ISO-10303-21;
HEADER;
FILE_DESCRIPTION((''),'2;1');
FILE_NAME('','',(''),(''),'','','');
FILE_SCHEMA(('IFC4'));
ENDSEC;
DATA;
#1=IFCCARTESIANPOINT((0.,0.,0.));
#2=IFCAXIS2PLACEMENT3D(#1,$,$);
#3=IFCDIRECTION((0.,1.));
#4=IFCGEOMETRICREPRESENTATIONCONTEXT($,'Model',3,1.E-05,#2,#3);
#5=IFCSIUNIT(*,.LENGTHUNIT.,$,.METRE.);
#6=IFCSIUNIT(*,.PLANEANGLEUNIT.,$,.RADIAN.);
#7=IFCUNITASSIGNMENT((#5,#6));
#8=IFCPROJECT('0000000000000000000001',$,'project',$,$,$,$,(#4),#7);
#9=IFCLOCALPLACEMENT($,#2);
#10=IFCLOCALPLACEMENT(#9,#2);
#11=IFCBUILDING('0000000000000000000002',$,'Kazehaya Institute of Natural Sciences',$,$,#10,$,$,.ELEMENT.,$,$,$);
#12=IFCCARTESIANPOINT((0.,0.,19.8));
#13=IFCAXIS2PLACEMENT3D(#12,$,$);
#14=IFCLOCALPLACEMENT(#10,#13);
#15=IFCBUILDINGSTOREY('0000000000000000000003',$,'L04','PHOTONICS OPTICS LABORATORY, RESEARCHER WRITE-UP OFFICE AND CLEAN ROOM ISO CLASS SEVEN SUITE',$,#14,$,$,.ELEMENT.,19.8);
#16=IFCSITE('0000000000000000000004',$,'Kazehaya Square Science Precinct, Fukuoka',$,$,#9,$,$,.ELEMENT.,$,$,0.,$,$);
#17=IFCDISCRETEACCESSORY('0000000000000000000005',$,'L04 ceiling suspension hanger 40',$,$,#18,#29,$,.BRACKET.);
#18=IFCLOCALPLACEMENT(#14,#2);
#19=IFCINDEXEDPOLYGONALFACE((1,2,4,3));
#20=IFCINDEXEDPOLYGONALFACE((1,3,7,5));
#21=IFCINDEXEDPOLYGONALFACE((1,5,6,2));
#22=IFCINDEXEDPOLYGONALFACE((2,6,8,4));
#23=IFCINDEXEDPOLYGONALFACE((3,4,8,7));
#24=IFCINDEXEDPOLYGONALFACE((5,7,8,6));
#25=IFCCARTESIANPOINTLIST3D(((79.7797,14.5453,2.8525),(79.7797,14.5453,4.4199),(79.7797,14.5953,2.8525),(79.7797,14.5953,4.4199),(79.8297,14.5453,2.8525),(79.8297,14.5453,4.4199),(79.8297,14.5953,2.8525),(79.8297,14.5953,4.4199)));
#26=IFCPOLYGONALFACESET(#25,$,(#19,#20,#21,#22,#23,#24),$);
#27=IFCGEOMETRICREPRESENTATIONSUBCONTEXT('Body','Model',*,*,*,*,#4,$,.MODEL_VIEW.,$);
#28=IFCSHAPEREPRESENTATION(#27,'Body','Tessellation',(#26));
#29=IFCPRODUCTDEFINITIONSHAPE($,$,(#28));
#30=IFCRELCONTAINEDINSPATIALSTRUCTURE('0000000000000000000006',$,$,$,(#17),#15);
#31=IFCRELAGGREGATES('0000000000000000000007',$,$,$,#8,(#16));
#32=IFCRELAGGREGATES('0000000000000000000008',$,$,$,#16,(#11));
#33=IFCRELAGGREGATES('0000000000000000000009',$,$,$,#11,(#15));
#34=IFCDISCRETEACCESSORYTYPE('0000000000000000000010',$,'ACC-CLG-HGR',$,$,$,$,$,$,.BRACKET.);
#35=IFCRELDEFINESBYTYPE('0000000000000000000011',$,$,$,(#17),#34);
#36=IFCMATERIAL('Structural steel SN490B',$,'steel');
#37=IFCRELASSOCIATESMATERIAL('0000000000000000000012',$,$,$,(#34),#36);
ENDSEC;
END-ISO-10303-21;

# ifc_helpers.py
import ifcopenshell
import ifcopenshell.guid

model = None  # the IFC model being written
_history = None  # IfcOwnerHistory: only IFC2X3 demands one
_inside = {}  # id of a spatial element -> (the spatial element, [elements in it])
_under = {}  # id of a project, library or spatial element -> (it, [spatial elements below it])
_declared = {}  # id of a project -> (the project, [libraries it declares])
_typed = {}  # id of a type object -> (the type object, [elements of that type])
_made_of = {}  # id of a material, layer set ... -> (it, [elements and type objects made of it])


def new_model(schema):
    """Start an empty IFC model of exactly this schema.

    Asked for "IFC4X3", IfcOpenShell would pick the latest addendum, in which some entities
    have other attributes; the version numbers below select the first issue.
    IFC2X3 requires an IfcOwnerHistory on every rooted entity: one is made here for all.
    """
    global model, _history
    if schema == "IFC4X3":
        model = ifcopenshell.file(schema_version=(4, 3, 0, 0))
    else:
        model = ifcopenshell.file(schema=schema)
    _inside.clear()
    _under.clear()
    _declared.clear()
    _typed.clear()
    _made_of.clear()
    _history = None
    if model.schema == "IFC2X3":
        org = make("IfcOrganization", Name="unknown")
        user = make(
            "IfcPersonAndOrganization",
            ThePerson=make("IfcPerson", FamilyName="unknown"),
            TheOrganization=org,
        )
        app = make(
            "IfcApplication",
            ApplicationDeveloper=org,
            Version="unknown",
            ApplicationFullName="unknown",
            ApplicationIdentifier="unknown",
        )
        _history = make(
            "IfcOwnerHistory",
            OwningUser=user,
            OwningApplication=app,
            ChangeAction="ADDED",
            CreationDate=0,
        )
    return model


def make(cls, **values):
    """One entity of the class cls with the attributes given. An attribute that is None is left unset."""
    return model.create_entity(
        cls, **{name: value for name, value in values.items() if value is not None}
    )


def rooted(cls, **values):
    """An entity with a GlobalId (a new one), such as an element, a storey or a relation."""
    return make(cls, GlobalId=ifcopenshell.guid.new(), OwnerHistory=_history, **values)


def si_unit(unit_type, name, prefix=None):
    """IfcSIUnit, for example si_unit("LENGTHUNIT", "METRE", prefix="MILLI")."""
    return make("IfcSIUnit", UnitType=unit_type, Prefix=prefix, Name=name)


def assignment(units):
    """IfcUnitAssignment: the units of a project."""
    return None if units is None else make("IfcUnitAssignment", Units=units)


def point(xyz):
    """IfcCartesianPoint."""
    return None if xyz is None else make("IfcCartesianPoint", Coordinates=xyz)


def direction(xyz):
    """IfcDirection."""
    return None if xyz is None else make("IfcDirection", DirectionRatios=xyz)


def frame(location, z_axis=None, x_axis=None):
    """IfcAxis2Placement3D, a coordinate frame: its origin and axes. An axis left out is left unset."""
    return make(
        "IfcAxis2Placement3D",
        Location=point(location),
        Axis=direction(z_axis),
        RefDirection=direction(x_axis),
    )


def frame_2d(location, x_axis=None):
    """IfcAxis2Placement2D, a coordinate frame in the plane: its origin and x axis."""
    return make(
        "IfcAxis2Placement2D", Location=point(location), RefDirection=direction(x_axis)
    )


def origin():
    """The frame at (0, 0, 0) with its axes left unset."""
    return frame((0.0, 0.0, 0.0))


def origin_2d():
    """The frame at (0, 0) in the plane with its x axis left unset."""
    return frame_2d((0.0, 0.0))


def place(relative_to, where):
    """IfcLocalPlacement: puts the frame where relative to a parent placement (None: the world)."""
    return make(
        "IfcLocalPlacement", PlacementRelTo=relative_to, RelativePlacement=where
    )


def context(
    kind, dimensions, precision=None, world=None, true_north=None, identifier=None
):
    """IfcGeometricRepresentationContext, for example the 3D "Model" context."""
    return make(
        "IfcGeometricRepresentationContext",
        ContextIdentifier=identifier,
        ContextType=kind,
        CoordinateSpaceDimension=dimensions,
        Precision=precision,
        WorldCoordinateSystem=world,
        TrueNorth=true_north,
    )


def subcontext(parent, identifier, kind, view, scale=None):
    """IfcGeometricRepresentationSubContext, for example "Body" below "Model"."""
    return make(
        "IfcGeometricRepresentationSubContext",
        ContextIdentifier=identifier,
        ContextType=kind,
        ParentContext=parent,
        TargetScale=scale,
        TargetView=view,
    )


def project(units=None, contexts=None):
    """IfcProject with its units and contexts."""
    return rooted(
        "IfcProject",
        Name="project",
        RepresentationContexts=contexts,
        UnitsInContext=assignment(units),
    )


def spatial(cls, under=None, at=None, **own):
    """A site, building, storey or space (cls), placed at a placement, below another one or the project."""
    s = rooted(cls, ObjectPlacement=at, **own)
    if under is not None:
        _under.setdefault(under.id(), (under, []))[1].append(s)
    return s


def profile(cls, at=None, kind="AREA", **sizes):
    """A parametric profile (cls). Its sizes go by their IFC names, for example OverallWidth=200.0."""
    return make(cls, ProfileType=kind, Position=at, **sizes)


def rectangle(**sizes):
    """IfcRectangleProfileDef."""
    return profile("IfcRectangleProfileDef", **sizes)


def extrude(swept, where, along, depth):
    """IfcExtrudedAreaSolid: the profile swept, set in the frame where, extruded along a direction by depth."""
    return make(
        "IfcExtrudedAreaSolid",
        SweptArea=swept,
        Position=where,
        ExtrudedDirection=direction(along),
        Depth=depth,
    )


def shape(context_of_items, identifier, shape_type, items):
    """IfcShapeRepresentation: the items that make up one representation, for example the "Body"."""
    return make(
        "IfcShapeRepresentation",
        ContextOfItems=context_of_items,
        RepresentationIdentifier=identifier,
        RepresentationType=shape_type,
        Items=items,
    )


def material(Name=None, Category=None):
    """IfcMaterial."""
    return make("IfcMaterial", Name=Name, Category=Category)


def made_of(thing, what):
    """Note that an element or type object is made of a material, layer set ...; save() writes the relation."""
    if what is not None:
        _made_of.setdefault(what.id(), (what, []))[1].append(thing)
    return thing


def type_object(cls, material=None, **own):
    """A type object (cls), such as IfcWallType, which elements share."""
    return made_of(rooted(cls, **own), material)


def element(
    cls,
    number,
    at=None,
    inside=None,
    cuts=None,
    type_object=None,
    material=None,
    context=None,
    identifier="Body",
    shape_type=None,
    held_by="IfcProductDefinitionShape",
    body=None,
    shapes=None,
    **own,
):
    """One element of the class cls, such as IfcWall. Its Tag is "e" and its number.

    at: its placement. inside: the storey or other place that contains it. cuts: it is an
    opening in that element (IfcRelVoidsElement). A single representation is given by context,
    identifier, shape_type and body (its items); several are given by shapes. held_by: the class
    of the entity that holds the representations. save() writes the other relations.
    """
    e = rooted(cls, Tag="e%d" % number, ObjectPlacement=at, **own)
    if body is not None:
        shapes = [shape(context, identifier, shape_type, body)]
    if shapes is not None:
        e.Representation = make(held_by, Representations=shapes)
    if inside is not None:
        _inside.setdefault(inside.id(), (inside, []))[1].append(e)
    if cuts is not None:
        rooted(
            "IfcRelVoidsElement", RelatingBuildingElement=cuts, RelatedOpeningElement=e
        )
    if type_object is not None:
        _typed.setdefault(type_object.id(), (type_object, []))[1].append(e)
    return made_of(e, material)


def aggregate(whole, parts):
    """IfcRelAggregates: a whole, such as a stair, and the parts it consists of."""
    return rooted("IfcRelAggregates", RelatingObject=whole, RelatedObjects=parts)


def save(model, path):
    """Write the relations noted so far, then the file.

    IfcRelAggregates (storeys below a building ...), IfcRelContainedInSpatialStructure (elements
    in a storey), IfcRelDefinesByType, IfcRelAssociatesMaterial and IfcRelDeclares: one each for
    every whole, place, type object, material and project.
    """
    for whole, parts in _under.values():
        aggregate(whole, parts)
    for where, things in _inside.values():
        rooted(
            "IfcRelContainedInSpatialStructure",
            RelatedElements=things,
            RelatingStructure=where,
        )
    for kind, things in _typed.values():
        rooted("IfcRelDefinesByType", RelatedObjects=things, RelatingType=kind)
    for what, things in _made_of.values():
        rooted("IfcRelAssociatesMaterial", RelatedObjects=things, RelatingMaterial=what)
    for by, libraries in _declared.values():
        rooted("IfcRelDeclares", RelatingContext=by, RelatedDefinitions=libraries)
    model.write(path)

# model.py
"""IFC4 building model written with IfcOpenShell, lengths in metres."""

from ifc_helpers import new_model, si_unit, direction, frame, origin, origin_2d, place, context, subcontext, project, spatial, rectangle, extrude, material, type_object, element, save


model = new_model("IFC4")

# Units and contexts
model_context = context("Model", 3, precision=1e-05, world=origin(), true_north=direction((0.0, 1.0)))
body_context = subcontext(model_context, "Body", "Model", "MODEL_VIEW")
ifc_project = project(units=[si_unit("LENGTHUNIT", "METRE"), si_unit("PLANEANGLEUNIT", "RADIAN")], contexts=[model_context])

# Site, building, storey
site_placement = place(None, origin())
site = spatial("IfcSite", under=ifc_project, at=site_placement, Name="Kazehaya Square Science Precinct, Fukuoka", CompositionType="ELEMENT", RefElevation=0.0)
building_placement = place(site_placement, origin())
building = spatial("IfcBuilding", under=site, at=building_placement, Name="Kazehaya Institute of Natural Sciences", CompositionType="ELEMENT")
storey_placement = place(building_placement, frame((0.0, 0.0, 19.8)))
storey = spatial("IfcBuildingStorey", under=building, at=storey_placement, Name="L04", Description="PHOTONICS OPTICS LABORATORY, RESEARCHER WRITE-UP OFFICE AND CLEAN ROOM ISO CLASS SEVEN SUITE", CompositionType="ELEMENT", Elevation=19.8)

# Discrete accessory
ifc_material_1 = material(Name="Structural steel SN490B", Category="steel")
discrete_accessory_type_1 = type_object("IfcDiscreteAccessoryType", Name="ACC-CLG-HGR", PredefinedType="BRACKET", material=ifc_material_1)
discrete_accessory_placement = place(storey_placement, frame((79.8047, 14.5703, 2.8525), z_axis=(0.0, 0.0, 1.0), x_axis=(1.0, 0.0, 0.0)))
element("IfcDiscreteAccessory", 1, at=discrete_accessory_placement, inside=storey, type_object=discrete_accessory_type_1, Name="L04 ceiling suspension hanger 40", PredefinedType="BRACKET", context=body_context, shape_type="SweptSolid", body=[
    extrude(rectangle(XDim=0.05, YDim=0.05, at=origin_2d()), origin(), (0.0, 0.0, 1.0), 1.5674),
])

save(model, "model.ifc")
